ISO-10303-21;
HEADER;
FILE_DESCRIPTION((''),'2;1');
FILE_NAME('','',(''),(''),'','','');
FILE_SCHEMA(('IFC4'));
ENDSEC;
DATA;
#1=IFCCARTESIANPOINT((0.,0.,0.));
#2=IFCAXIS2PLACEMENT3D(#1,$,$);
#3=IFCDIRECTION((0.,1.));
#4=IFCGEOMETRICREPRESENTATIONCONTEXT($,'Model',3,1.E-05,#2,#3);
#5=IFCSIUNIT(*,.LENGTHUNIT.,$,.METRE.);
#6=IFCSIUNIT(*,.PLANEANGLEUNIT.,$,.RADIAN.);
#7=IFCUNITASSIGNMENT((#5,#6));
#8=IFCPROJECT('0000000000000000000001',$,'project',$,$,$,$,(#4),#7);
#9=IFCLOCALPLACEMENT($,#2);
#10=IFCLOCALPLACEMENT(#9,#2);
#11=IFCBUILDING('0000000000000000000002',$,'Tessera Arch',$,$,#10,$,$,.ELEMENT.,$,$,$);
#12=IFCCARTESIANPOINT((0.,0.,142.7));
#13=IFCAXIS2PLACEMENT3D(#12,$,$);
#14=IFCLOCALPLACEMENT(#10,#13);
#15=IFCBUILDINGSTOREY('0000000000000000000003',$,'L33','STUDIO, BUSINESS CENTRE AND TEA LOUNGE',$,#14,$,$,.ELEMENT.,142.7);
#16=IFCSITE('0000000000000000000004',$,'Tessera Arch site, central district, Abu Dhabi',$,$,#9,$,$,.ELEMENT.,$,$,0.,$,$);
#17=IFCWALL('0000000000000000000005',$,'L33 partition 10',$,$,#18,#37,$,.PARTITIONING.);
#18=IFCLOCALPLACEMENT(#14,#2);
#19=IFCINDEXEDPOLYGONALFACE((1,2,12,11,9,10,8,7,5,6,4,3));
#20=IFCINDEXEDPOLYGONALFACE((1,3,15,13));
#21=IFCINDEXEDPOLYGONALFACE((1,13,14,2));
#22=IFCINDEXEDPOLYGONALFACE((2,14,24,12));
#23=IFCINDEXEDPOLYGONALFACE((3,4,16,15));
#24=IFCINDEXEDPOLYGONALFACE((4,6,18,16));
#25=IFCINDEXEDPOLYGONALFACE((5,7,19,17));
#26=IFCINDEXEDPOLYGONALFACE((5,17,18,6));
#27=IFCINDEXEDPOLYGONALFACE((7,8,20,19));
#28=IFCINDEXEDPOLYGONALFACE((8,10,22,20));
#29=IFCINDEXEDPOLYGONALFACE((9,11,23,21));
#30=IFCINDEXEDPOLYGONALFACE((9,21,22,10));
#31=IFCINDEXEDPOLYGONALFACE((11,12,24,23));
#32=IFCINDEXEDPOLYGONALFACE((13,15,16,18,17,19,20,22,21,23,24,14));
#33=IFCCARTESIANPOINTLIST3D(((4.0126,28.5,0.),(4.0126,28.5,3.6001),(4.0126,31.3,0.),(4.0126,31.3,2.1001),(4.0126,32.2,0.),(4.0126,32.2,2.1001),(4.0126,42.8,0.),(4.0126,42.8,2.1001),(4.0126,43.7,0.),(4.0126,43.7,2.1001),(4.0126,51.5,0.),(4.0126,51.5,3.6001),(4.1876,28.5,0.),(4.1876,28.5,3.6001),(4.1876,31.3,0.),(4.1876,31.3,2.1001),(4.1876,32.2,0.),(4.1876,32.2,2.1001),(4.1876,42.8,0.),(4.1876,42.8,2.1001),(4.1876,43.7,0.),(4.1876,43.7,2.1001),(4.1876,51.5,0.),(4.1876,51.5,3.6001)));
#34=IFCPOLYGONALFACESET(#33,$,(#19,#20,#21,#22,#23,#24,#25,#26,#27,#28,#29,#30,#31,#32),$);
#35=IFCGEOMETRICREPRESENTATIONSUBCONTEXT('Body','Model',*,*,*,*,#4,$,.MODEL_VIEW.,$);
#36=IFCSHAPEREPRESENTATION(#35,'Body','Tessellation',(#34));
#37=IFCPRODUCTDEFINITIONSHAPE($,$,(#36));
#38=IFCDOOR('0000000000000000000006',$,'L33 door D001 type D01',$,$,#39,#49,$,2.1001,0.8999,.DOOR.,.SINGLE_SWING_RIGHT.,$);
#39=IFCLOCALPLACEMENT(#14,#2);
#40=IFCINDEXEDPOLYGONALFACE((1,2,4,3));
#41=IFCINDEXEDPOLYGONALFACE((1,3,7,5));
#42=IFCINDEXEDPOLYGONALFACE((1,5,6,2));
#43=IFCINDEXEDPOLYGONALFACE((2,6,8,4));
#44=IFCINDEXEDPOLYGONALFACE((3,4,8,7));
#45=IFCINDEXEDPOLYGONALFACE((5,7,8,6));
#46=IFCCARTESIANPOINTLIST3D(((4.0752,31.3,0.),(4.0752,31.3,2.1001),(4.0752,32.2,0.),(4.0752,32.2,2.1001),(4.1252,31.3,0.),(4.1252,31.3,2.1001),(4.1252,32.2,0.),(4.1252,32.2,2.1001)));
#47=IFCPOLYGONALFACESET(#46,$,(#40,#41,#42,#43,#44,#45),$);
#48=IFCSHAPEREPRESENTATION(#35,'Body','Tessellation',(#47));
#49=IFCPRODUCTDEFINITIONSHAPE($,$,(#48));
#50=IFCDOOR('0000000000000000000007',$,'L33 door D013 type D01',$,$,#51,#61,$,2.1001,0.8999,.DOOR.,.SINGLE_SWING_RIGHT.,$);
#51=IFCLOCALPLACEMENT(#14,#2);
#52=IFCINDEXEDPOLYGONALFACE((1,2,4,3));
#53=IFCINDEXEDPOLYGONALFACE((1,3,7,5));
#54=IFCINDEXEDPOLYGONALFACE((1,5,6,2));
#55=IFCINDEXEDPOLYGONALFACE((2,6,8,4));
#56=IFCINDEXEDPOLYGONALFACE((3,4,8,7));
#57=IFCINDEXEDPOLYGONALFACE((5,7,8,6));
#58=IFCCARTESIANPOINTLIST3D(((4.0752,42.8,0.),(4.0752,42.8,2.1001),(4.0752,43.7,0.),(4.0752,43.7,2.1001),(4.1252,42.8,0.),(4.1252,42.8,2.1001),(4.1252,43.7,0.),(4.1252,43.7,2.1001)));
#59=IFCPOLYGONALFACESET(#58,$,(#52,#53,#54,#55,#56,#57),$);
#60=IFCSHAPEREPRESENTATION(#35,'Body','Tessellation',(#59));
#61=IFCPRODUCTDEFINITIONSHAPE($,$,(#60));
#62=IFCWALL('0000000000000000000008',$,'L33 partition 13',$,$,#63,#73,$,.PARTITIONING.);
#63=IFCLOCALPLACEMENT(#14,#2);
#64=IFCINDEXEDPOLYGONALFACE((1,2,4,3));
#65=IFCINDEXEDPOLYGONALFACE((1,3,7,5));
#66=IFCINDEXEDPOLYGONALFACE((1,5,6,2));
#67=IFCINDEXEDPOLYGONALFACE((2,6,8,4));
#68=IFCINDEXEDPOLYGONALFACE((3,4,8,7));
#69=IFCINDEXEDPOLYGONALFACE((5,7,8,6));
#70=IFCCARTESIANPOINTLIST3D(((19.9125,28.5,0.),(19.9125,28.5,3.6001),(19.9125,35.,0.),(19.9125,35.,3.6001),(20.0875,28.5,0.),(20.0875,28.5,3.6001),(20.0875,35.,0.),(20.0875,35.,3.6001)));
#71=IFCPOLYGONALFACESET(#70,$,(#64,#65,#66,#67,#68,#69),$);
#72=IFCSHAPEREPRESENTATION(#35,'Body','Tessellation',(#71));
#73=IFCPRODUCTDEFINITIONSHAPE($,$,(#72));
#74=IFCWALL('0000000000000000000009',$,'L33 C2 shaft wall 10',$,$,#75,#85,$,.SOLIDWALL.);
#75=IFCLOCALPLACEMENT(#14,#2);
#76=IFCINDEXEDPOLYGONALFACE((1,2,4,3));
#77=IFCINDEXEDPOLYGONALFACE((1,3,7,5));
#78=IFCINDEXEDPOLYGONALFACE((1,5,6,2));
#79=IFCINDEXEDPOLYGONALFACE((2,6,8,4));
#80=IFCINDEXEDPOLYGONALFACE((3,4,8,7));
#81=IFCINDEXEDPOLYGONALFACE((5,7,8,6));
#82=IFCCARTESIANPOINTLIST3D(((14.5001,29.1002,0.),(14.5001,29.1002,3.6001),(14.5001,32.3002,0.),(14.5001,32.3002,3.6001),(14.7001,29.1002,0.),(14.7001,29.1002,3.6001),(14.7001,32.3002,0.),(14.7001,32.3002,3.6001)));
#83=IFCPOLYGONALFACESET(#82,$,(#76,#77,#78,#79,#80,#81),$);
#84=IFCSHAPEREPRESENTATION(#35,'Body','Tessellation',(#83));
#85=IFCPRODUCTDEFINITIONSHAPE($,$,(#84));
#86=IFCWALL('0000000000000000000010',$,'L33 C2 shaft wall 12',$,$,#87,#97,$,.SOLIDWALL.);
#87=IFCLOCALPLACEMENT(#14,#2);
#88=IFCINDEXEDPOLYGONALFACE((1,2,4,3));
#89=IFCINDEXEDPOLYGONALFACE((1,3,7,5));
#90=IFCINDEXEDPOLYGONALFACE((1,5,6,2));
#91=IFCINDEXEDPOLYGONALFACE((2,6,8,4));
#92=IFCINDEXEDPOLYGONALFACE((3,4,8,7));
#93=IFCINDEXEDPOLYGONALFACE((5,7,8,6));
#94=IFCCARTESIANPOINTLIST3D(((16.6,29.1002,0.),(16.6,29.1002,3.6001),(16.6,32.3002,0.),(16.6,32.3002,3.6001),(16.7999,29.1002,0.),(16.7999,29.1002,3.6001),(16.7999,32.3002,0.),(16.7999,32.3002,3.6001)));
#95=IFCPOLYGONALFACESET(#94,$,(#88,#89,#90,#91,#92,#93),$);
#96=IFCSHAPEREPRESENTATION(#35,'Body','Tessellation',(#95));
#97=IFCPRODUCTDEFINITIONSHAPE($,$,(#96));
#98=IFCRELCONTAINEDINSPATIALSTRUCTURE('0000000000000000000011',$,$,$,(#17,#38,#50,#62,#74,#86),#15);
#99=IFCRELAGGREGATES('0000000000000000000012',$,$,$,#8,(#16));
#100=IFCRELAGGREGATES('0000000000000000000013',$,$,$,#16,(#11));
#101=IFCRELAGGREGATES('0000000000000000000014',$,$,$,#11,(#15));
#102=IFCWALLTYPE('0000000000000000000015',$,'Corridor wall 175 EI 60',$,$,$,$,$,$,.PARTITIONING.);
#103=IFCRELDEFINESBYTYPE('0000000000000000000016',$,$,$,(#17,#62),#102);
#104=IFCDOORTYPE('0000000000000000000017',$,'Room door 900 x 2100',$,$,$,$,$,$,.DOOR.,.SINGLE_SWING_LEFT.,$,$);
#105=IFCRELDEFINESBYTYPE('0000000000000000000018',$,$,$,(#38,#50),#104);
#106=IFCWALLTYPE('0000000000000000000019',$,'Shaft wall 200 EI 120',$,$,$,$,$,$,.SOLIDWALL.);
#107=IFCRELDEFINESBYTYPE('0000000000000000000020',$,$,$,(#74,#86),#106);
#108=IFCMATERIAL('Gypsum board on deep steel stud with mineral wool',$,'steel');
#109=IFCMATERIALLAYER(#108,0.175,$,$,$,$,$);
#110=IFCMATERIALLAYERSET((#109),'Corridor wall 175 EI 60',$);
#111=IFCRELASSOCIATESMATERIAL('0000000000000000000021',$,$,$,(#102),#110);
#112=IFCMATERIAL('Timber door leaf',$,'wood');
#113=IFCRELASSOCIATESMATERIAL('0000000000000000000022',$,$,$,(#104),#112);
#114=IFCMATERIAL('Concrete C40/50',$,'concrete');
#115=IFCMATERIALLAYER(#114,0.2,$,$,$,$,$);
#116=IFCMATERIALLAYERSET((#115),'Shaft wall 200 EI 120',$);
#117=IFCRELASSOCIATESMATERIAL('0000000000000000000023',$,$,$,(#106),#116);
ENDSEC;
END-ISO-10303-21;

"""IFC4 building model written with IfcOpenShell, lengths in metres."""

from ifc_helpers import new_model, si_unit, direction, frame, frame_2d, origin, place, context, subcontext, project, spatial, rectangle, extrude, material, layer, layer_set, type_object, element, fill, save


model = new_model("IFC4")

# Units and contexts
model_context = context("Model", 3, precision=1e-05, world=origin(), true_north=direction((0.0, 1.0)))
body_context = subcontext(model_context, "Body", "Model", "MODEL_VIEW")
ifc_project = project(units=[si_unit("LENGTHUNIT", "METRE"), si_unit("PLANEANGLEUNIT", "RADIAN")], contexts=[model_context])

# Site, building, storey
site_placement = place(None, origin())
site = spatial("IfcSite", under=ifc_project, at=site_placement, Name="Tessera Arch site, central district, Abu Dhabi", CompositionType="ELEMENT", RefElevation=0.0)
building_placement = place(site_placement, origin())
building = spatial("IfcBuilding", under=site, at=building_placement, Name="Tessera Arch", CompositionType="ELEMENT")
storey_placement = place(building_placement, frame((0.0, 0.0, 142.7)))
storey = spatial("IfcBuildingStorey", under=building, at=storey_placement, Name="L33", Description="STUDIO, BUSINESS CENTRE AND TEA LOUNGE", CompositionType="ELEMENT", Elevation=142.7)

# Shared definitions
ifc_material_1 = material(Name="Gypsum board on deep steel stud with mineral wool", Category="steel")
ifc_layer_1 = layer(ifc_material_1, 0.175)
ifc_layer_set_1 = layer_set([ifc_layer_1], Name="Corridor wall 175 EI 60")
wall_type_1 = type_object("IfcWallType", Name="Corridor wall 175 EI 60", PredefinedType="PARTITIONING", material=ifc_layer_set_1)

# Shared definitions
ifc_material_2 = material(Name="Timber door leaf", Category="wood")
door_type_1 = type_object("IfcDoorType", Name="Room door 900 x 2100", OperationType="SINGLE_SWING_LEFT", PredefinedType="DOOR", material=ifc_material_2)

# Wall, openings, doors
wall_1_placement = place(storey_placement, frame((4.1001, 28.5, 0.0), z_axis=(0.0, 0.0, 1.0), x_axis=(0.0, 1.0, 0.0)))
wall_1 = element("IfcWall", 1, at=wall_1_placement, inside=storey, type_object=wall_type_1, Name="L33 partition 10", PredefinedType="PARTITIONING", context=body_context, shape_type="SweptSolid", body=[
    extrude(rectangle(XDim=23.0, YDim=0.175, at=frame_2d((11.5, 0.0))), origin(), (0.0, 0.0, 1.0), 3.6001),
])
opening_1_placement = place(wall_1_placement, frame((2.8, 0.0, 0.0)))
opening_1 = element("IfcOpeningElement", 2, at=opening_1_placement, cuts=wall_1, PredefinedType="OPENING", context=body_context, shape_type="SweptSolid", body=[
    extrude(rectangle(XDim=0.8999, YDim=2.1001, at=frame_2d((0.45, 1.05))), frame((0.0, 0.0974, 0.0), z_axis=(0.0, -1.0, 0.0), x_axis=(1.0, 0.0, 0.0)), (0.0, 0.0, 1.0), 0.1951),
])
opening_2_placement = place(wall_1_placement, frame((14.3, 0.0, 0.0)))
opening_2 = element("IfcOpeningElement", 3, at=opening_2_placement, cuts=wall_1, PredefinedType="OPENING", context=body_context, shape_type="SweptSolid", body=[
    extrude(rectangle(XDim=0.8999, YDim=2.1001, at=frame_2d((0.45, 1.05))), frame((0.0, 0.0974, 0.0), z_axis=(0.0, -1.0, 0.0), x_axis=(1.0, 0.0, 0.0)), (0.0, 0.0, 1.0), 0.1951),
])
door_1_placement = place(opening_1_placement, origin())
door_1 = element("IfcDoor", 4, at=door_1_placement, inside=storey, type_object=door_type_1, Name="L33 door D001 type D01", OperationType="SINGLE_SWING_RIGHT", OverallHeight=2.1001, OverallWidth=0.8999, PredefinedType="DOOR", context=body_context, shape_type="SweptSolid", body=[
    extrude(rectangle(XDim=0.8999, YDim=2.1001, at=frame_2d((0.45, 1.05))), frame((0.0, 0.0249, 0.0), z_axis=(0.0, -1.0, 0.0), x_axis=(1.0, 0.0, 0.0)), (0.0, 0.0, 1.0), 0.05),
])
fill(opening_1, door_1)
door_2_placement = place(opening_2_placement, origin())
door_2 = element("IfcDoor", 5, at=door_2_placement, inside=storey, type_object=door_type_1, Name="L33 door D013 type D01", OperationType="SINGLE_SWING_RIGHT", OverallHeight=2.1001, OverallWidth=0.8999, PredefinedType="DOOR", context=body_context, shape_type="SweptSolid", body=[
    extrude(rectangle(XDim=0.8999, YDim=2.1001, at=frame_2d((0.45, 1.05))), frame((0.0, 0.0249, 0.0), z_axis=(0.0, -1.0, 0.0), x_axis=(1.0, 0.0, 0.0)), (0.0, 0.0, 1.0), 0.05),
])
fill(opening_2, door_2)

# Walls
wall_2_placement = place(storey_placement, frame((20.0, 28.5, 0.0), z_axis=(0.0, 0.0, 1.0), x_axis=(0.0, 1.0, 0.0)))
element("IfcWall", 6, at=wall_2_placement, inside=storey, type_object=wall_type_1, Name="L33 partition 13", PredefinedType="PARTITIONING", context=body_context, shape_type="SweptSolid", body=[
    extrude(rectangle(XDim=6.5, YDim=0.175, at=frame_2d((3.25, 0.0))), origin(), (0.0, 0.0, 1.0), 3.6001),
])
ifc_material_3 = material(Name="Concrete C40/50", Category="concrete")
ifc_layer_2 = layer(ifc_material_3, 0.2)
ifc_layer_set_2 = layer_set([ifc_layer_2], Name="Shaft wall 200 EI 120")
wall_type_2 = type_object("IfcWallType", Name="Shaft wall 200 EI 120", PredefinedType="SOLIDWALL", material=ifc_layer_set_2)
for number, where, z_axis, x_axis, name in (
    (7, (14.6001, 29.1001, 0.0), (0.0, 0.0, 1.0), (0.0, 1.0, 0.0), "L33 C2 shaft wall 10"),
    (8, (16.7, 29.1001, 0.0), (0.0, 0.0, 1.0), (0.0, 1.0, 0.0), "L33 C2 shaft wall 12"),
):
    element("IfcWall", number, at=place(storey_placement, frame(where, z_axis=z_axis, x_axis=x_axis)), inside=storey, type_object=wall_type_2, Name=name, PredefinedType="SOLIDWALL", context=body_context, shape_type="SweptSolid", body=[
        extrude(rectangle(XDim=3.2, YDim=0.2, at=frame_2d((1.6001, 0.0))), origin(), (0.0, 0.0, 1.0), 3.6001),
    ])

save(model, "model.ifc")
